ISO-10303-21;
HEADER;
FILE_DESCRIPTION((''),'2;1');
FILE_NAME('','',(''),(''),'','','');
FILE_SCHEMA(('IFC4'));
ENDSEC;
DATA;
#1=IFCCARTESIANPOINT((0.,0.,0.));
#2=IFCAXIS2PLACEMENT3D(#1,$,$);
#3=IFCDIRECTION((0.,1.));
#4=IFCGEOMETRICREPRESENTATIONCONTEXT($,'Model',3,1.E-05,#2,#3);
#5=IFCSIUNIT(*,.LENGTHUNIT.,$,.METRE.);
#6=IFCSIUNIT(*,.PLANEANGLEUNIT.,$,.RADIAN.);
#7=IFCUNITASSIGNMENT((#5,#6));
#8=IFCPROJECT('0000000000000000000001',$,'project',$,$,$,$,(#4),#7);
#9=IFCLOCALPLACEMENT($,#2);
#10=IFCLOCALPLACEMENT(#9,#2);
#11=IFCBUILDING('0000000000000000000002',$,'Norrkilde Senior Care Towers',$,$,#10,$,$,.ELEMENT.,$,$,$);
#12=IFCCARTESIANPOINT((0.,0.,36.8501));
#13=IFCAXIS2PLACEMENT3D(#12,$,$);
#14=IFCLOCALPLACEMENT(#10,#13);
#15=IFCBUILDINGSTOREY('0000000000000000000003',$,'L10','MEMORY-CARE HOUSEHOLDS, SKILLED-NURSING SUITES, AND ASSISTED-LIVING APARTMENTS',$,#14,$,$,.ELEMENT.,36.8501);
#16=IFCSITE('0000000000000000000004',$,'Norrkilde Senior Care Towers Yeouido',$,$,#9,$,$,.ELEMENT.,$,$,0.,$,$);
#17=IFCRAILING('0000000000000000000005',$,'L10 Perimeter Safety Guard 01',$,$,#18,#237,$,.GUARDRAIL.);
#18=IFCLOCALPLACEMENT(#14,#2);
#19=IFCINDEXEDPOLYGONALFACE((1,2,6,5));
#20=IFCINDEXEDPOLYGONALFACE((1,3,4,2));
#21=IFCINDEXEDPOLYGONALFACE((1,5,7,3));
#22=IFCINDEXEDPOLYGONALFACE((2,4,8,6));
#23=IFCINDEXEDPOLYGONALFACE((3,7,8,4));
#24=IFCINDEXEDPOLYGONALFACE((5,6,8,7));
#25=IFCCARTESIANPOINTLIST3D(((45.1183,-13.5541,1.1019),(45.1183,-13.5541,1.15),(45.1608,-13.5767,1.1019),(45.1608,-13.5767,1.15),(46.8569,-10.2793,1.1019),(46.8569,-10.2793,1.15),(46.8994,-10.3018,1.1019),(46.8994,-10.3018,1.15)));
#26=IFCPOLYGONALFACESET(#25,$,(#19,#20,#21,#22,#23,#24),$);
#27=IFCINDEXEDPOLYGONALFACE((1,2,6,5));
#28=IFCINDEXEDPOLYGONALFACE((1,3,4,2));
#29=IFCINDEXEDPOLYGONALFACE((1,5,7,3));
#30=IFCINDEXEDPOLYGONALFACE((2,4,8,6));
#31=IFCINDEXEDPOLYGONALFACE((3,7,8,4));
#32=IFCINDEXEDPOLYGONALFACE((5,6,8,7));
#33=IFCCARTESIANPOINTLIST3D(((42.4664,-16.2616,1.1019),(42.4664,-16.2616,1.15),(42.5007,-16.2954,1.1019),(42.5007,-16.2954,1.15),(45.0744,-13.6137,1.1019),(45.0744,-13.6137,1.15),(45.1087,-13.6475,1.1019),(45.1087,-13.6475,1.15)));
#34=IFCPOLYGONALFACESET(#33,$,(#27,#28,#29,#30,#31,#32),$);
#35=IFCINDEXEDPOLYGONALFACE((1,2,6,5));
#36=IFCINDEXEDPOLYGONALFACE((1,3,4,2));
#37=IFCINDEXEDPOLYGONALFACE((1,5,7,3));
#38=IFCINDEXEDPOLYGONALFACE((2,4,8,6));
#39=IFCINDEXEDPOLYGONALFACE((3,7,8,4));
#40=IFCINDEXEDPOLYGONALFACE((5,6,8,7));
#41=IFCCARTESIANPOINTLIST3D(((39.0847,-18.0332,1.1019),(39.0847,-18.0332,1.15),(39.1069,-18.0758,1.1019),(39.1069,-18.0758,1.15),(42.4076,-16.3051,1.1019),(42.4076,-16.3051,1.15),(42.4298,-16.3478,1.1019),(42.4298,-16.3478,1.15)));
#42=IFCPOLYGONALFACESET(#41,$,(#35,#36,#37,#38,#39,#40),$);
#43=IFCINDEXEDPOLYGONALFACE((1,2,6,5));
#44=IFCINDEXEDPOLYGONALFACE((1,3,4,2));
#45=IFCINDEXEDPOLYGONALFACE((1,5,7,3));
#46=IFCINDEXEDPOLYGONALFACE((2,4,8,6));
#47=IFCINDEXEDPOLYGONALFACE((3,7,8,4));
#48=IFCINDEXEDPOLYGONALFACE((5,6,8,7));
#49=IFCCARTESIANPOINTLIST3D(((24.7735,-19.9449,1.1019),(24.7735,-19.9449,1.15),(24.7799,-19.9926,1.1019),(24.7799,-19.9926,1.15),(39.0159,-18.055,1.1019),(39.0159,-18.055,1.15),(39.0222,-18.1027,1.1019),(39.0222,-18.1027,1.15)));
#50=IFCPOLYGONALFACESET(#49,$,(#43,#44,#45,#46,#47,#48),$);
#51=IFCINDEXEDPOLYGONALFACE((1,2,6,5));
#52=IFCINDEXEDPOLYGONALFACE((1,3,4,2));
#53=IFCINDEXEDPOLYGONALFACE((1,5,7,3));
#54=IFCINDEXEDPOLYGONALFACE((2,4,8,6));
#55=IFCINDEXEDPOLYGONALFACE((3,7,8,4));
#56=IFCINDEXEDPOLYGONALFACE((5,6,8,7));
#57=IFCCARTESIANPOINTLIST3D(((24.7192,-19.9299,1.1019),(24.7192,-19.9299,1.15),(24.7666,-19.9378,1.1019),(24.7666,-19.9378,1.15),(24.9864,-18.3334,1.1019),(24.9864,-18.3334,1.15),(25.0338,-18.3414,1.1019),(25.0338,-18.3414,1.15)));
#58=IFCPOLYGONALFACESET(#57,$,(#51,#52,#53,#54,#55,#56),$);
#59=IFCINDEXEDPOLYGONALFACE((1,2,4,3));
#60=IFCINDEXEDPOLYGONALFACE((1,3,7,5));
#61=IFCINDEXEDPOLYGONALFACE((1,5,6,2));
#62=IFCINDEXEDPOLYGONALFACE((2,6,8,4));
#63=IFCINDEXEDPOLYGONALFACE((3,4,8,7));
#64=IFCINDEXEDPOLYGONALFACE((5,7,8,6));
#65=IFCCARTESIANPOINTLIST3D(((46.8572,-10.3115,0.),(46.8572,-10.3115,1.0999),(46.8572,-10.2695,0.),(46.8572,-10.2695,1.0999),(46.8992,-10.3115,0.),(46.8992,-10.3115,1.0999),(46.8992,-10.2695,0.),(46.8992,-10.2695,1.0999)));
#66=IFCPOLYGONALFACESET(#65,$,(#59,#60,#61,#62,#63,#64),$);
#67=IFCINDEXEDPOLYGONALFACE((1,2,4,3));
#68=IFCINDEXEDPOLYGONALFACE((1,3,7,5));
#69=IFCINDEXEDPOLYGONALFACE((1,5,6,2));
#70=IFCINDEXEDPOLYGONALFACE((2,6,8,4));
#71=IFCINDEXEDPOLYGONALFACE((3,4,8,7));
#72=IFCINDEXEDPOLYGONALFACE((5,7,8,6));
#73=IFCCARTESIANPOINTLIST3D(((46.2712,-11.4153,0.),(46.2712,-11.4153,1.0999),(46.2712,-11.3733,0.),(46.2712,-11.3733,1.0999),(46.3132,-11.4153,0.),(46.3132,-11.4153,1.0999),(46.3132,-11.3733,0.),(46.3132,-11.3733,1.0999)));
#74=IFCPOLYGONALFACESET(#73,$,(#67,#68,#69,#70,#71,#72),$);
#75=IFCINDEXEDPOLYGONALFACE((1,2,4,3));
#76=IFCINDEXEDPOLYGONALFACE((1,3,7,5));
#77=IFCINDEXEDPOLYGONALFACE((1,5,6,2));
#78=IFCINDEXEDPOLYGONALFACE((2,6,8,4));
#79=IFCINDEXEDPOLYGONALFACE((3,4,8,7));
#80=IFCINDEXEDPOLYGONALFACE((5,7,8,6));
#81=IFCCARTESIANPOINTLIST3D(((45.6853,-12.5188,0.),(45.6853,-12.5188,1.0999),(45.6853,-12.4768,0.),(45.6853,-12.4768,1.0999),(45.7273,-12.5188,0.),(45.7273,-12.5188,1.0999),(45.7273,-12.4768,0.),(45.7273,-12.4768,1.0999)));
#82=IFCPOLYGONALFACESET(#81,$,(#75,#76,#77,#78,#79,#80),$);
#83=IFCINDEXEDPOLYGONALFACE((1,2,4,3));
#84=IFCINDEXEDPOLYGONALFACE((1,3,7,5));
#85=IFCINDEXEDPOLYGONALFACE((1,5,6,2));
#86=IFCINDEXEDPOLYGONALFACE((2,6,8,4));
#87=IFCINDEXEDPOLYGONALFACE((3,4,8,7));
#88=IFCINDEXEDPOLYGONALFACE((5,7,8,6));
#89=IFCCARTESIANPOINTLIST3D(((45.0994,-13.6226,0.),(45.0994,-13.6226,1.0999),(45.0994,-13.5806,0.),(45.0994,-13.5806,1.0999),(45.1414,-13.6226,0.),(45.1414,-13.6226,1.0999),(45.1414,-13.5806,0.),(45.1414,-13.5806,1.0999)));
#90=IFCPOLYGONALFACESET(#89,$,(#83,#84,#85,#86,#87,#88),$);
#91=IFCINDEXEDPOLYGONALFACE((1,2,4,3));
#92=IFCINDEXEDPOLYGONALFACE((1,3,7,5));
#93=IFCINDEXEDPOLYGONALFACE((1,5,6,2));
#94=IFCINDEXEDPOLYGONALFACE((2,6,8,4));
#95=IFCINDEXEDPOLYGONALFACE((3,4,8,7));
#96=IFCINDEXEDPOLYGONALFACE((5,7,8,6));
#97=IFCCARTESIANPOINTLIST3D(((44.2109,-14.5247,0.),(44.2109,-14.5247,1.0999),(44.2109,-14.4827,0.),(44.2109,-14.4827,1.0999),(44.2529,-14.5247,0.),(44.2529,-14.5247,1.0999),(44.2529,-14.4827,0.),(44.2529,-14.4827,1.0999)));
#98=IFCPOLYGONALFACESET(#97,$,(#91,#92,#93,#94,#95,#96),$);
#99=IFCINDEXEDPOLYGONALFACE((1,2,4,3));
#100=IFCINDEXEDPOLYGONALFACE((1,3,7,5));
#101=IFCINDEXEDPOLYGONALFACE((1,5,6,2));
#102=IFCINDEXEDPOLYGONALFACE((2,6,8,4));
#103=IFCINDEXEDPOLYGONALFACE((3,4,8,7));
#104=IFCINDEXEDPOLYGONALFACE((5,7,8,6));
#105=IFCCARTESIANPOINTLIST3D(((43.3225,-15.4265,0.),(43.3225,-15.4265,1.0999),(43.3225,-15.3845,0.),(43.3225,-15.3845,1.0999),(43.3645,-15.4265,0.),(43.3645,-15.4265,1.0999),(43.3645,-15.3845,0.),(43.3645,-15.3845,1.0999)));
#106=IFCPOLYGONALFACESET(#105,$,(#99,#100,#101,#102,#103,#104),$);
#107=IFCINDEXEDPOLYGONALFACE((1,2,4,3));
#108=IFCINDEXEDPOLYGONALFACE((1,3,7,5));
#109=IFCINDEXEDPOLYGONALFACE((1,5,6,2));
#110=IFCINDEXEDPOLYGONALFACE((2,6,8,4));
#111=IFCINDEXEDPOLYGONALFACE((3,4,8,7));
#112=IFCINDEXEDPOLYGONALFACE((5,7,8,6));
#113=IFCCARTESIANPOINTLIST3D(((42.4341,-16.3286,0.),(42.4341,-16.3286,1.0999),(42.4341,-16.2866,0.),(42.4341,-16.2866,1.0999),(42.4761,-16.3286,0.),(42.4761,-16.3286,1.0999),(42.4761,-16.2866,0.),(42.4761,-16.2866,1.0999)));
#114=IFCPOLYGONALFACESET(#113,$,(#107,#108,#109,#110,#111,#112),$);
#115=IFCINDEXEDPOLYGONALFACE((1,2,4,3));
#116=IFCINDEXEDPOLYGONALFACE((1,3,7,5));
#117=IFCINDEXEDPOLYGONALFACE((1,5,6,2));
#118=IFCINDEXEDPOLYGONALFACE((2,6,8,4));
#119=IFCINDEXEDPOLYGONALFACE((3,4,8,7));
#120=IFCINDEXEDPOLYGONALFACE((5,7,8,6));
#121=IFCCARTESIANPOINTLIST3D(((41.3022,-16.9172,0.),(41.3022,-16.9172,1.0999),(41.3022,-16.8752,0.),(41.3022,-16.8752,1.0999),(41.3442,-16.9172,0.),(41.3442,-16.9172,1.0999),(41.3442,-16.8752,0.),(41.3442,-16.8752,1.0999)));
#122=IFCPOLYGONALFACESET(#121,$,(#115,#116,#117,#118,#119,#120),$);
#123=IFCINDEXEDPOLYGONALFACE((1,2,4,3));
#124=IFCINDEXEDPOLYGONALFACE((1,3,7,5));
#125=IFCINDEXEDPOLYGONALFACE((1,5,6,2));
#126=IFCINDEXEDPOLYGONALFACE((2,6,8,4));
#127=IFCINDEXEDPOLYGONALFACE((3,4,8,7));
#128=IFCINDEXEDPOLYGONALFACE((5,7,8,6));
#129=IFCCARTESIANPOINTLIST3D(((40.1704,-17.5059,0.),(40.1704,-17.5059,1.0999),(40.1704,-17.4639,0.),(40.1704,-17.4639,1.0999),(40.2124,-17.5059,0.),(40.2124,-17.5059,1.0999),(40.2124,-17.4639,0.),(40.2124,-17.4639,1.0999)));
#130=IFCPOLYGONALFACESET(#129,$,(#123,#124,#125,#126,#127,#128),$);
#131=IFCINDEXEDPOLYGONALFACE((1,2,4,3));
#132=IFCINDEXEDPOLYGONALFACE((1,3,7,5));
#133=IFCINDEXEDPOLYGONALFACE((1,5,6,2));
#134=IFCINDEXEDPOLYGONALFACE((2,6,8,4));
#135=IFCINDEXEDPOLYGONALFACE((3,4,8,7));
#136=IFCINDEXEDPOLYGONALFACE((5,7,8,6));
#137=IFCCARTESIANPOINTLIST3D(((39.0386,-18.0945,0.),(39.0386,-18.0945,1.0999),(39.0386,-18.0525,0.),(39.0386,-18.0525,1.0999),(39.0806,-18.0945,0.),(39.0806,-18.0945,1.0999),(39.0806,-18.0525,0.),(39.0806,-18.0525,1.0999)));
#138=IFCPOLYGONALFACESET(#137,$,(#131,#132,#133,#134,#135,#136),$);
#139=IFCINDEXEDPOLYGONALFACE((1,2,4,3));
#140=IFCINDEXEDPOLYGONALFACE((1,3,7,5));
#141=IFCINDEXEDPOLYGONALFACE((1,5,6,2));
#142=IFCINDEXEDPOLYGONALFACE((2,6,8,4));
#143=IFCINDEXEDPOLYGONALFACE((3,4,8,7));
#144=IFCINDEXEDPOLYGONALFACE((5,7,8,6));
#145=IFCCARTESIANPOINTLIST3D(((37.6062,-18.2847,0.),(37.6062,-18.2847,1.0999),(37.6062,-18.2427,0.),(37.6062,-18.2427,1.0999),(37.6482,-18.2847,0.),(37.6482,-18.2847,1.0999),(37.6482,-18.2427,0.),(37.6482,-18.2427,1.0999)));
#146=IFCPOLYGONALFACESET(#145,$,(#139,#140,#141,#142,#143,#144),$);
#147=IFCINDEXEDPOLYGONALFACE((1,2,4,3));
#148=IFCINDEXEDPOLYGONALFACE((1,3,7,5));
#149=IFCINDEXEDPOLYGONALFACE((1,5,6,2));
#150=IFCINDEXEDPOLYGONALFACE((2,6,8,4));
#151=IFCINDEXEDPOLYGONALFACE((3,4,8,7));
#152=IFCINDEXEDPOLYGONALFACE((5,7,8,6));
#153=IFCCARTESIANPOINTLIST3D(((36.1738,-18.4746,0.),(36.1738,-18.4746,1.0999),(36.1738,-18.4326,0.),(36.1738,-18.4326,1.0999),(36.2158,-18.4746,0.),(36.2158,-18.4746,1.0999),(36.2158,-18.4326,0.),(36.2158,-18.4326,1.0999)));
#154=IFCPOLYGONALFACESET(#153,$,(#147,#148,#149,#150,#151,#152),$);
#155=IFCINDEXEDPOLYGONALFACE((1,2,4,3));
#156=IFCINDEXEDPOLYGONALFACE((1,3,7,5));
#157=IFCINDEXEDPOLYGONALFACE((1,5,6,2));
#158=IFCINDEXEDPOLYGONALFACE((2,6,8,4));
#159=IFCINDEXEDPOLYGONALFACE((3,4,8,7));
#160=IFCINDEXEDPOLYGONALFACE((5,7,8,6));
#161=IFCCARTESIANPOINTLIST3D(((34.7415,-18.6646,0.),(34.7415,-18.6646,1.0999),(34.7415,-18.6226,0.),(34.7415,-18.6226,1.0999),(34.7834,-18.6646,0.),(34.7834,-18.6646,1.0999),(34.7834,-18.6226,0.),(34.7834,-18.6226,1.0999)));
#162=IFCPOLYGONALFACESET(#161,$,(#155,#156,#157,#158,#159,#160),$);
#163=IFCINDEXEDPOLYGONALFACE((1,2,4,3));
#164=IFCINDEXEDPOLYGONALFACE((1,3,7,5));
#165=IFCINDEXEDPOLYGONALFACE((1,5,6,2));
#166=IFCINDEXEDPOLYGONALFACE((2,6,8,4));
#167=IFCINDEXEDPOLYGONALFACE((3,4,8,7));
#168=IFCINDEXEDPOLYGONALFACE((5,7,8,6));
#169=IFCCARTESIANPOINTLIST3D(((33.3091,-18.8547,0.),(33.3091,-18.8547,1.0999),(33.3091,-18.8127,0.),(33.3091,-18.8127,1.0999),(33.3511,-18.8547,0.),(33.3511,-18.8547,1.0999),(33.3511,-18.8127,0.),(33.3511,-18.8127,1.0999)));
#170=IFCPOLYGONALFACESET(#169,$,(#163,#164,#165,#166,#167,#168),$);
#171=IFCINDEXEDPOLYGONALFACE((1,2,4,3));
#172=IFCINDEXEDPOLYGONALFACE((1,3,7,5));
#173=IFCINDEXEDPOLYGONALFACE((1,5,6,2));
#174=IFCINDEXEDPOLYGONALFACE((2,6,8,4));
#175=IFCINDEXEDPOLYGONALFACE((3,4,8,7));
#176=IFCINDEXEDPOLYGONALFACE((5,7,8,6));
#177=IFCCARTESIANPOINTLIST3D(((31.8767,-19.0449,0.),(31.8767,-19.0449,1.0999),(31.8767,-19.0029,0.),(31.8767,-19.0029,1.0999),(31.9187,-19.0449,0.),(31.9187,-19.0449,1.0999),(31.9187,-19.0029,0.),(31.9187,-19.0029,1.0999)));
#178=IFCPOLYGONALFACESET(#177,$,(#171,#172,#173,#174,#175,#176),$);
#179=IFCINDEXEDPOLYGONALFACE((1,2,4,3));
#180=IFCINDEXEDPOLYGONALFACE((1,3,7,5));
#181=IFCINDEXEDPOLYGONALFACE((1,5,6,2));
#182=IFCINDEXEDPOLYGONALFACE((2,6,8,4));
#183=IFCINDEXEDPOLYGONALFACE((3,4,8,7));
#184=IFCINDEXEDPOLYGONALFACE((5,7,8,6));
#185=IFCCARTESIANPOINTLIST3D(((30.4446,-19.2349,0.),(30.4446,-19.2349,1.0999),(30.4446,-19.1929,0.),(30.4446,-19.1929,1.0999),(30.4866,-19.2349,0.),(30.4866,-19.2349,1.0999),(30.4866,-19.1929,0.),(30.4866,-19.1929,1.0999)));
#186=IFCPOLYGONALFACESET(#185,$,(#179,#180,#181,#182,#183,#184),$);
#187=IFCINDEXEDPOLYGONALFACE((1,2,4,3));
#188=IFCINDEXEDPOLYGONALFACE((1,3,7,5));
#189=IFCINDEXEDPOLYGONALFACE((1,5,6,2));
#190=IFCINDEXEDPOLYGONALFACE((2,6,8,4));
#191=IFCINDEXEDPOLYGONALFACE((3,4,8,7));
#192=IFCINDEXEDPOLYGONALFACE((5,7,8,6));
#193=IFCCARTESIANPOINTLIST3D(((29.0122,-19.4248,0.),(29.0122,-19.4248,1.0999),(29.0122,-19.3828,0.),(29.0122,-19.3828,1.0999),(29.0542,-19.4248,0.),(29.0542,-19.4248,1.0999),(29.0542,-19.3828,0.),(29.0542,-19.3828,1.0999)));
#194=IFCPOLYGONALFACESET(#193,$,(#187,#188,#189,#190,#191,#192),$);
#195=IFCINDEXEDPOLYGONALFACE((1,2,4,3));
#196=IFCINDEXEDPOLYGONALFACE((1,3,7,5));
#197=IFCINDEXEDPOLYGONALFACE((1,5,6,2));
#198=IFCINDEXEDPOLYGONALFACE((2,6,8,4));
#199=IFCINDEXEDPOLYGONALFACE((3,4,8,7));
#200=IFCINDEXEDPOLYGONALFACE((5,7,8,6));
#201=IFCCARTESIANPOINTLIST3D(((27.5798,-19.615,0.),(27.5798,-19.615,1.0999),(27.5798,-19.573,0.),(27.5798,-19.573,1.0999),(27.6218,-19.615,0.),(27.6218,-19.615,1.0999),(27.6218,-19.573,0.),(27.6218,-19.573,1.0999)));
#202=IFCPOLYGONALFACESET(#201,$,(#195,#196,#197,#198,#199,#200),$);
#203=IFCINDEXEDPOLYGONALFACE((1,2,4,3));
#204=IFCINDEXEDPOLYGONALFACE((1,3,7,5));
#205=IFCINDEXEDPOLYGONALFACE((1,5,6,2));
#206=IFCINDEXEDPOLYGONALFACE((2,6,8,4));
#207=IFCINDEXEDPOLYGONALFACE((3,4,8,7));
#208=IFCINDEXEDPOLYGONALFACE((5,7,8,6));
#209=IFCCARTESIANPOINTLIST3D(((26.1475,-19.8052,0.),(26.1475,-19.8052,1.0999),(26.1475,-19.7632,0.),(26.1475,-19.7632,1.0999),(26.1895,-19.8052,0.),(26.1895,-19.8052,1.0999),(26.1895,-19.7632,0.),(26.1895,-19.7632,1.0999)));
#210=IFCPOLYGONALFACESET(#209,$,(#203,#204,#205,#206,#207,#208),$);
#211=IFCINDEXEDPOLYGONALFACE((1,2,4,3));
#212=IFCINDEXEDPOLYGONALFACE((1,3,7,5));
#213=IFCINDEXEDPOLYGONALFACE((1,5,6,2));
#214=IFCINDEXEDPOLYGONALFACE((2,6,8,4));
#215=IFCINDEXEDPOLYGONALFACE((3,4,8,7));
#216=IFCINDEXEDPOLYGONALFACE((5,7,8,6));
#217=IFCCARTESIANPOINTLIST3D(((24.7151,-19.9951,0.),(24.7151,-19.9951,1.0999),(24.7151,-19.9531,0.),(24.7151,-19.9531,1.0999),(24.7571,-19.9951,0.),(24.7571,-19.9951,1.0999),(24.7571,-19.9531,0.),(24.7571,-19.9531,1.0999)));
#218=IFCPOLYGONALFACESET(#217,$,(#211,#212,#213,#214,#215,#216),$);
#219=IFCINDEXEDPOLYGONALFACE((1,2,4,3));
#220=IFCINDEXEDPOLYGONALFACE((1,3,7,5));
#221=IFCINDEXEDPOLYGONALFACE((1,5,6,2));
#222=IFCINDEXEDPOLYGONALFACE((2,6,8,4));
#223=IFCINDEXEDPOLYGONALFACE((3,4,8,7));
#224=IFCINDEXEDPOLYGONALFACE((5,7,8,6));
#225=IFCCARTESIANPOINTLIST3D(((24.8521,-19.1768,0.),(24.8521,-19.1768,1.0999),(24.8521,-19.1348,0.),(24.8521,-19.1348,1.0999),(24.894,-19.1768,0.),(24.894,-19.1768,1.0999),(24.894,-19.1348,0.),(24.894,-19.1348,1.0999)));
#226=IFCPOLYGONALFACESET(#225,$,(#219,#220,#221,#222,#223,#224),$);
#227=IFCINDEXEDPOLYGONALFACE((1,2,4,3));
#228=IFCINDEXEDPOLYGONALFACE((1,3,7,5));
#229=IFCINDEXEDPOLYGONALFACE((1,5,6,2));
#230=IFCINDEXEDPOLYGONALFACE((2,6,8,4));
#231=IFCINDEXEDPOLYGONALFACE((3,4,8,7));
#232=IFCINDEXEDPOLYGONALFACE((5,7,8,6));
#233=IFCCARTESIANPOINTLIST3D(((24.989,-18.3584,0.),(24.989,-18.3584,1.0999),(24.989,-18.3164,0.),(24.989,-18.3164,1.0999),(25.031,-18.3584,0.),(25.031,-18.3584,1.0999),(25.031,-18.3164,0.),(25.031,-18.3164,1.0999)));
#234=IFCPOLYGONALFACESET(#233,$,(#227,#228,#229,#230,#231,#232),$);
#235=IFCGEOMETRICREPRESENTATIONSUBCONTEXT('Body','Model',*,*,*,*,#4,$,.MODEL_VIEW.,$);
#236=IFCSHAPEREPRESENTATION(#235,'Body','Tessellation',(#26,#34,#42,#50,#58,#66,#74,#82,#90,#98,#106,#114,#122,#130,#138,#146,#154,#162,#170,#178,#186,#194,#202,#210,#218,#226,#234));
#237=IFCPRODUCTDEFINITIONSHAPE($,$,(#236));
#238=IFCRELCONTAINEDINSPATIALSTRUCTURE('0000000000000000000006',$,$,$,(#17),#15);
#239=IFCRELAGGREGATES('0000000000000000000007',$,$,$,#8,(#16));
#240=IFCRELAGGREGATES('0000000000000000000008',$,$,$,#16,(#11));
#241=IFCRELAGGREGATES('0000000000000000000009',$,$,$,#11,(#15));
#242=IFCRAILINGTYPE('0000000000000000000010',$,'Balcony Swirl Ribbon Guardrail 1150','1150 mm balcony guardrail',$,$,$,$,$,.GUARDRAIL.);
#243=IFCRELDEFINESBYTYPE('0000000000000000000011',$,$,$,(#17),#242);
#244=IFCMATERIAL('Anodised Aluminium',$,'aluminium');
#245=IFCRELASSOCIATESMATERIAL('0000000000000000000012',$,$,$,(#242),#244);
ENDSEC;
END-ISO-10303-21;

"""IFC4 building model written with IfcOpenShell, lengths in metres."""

from ifc_helpers import new_model, si_unit, direction, frame, origin, origin_2d, place, context, subcontext, project, spatial, rectangle, extrude, material, type_object, element, save


model = new_model("IFC4")

# Units and contexts
model_context = context("Model", 3, precision=1e-05, world=origin(), true_north=direction((0.0, 1.0)))
body_context = subcontext(model_context, "Body", "Model", "MODEL_VIEW")
ifc_project = project(units=[si_unit("LENGTHUNIT", "METRE"), si_unit("PLANEANGLEUNIT", "RADIAN")], contexts=[model_context])

# Site, building, storey
site_placement = place(None, origin())
site = spatial("IfcSite", under=ifc_project, at=site_placement, Name="Norrkilde Senior Care Towers Yeouido", CompositionType="ELEMENT", RefElevation=0.0)
building_placement = place(site_placement, origin())
building = spatial("IfcBuilding", under=site, at=building_placement, Name="Norrkilde Senior Care Towers", CompositionType="ELEMENT")
storey_placement = place(building_placement, frame((0.0, 0.0, 36.8501)))
storey = spatial("IfcBuildingStorey", under=building, at=storey_placement, Name="L10", Description="MEMORY-CARE HOUSEHOLDS, SKILLED-NURSING SUITES, AND ASSISTED-LIVING APARTMENTS", CompositionType="ELEMENT", Elevation=36.8501)

# Shared definitions
ifc_material_1 = material(Name="Anodised Aluminium", Category="aluminium")

# Railing
railing_type = type_object("IfcRailingType", Name="Balcony Swirl Ribbon Guardrail 1150", Description="1150 mm balcony guardrail", PredefinedType="GUARDRAIL", material=ifc_material_1)
railing_placement = place(storey_placement, frame((46.8782, -10.2905, 0.0)))
element("IfcRailing", 1, at=railing_placement, inside=storey, type_object=railing_type, Name="L10 Perimeter Safety Guard 01", PredefinedType="GUARDRAIL", context=body_context, shape_type="SweptSolid", body=[
    extrude(rectangle(XDim=0.0481, YDim=0.0481, at=origin_2d()), frame((0.0, 0.0, 1.126), z_axis=(-0.468911, -0.883246, 0.0), x_axis=(0.883246, -0.468911, 0.0)), (0.0, 0.0, 1.0), 3.7078),
    extrude(rectangle(XDim=0.0481, YDim=0.0481, at=origin_2d()), frame((-1.7866, -3.3401, 1.126), z_axis=(-0.701719, -0.712454, 0.0), x_axis=(0.712454, -0.701719, 0.0)), (0.0, 0.0, 1.0), 3.7166),
    extrude(rectangle(XDim=0.0481, YDim=0.0481, at=origin_2d()), frame((-4.4595, -6.0359, 1.126), z_axis=(-0.887195, -0.461395, 0.0), x_axis=(0.461395, -0.887195, 0.0)), (0.0, 0.0, 1.0), 3.7454),
    extrude(rectangle(XDim=0.0481, YDim=0.0481, at=origin_2d()), frame((-7.8591, -7.7883, 1.126), z_axis=(-0.991311, -0.131541, 0.0), x_axis=(0.131541, -0.991311, 0.0)), (0.0, 0.0, 1.0), 14.3672),
    extrude(rectangle(XDim=0.0481, YDim=0.0481, at=origin_2d()), frame((-22.1353, -9.6433, 1.126), z_axis=(0.165067, 0.986282, 0.0), x_axis=(-0.986282, 0.165067, 0.0)), (0.0, 0.0, 1.0), 1.6187),
    extrude(rectangle(XDim=0.042, YDim=0.042, at=origin_2d()), origin(), (0.0, 0.0, 1.0), 1.0999),
    extrude(rectangle(XDim=0.042, YDim=0.042, at=origin_2d()), frame((-0.5859, -1.1038, 0.0)), (0.0, 0.0, 1.0), 1.0999),
    extrude(rectangle(XDim=0.042, YDim=0.042, at=origin_2d()), frame((-1.1719, -2.2073, 0.0)), (0.0, 0.0, 1.0), 1.0999),
    extrude(rectangle(XDim=0.042, YDim=0.042, at=origin_2d()), frame((-1.7578, -3.311, 0.0)), (0.0, 0.0, 1.0), 1.0999),
    extrude(rectangle(XDim=0.042, YDim=0.042, at=origin_2d()), frame((-2.6462, -4.2131, 0.0)), (0.0, 0.0, 1.0), 1.0999),
    extrude(rectangle(XDim=0.042, YDim=0.042, at=origin_2d()), frame((-3.5347, -5.115, 0.0)), (0.0, 0.0, 1.0), 1.0999),
    extrude(rectangle(XDim=0.042, YDim=0.042, at=origin_2d()), frame((-4.4231, -6.0171, 0.0)), (0.0, 0.0, 1.0), 1.0999),
    extrude(rectangle(XDim=0.042, YDim=0.042, at=origin_2d()), frame((-5.5549, -6.6057, 0.0)), (0.0, 0.0, 1.0), 1.0999),
    extrude(rectangle(XDim=0.042, YDim=0.042, at=origin_2d()), frame((-6.6868, -7.1943, 0.0)), (0.0, 0.0, 1.0), 1.0999),
    extrude(rectangle(XDim=0.042, YDim=0.042, at=origin_2d()), frame((-7.8186, -7.783, 0.0)), (0.0, 0.0, 1.0), 1.0999),
    extrude(rectangle(XDim=0.042, YDim=0.042, at=origin_2d()), frame((-9.251, -7.9731, 0.0)), (0.0, 0.0, 1.0), 1.0999),
    extrude(rectangle(XDim=0.042, YDim=0.042, at=origin_2d()), frame((-10.6833, -8.1631, 0.0)), (0.0, 0.0, 1.0), 1.0999),
    extrude(rectangle(XDim=0.042, YDim=0.042, at=origin_2d()), frame((-12.1157, -8.353, 0.0)), (0.0, 0.0, 1.0), 1.0999),
    extrude(rectangle(XDim=0.042, YDim=0.042, at=origin_2d()), frame((-13.5481, -8.5432, 0.0)), (0.0, 0.0, 1.0), 1.0999),
    extrude(rectangle(XDim=0.042, YDim=0.042, at=origin_2d()), frame((-14.9805, -8.7334, 0.0)), (0.0, 0.0, 1.0), 1.0999),
    extrude(rectangle(XDim=0.042, YDim=0.042, at=origin_2d()), frame((-16.4126, -8.9233, 0.0)), (0.0, 0.0, 1.0), 1.0999),
    extrude(rectangle(XDim=0.042, YDim=0.042, at=origin_2d()), frame((-17.845, -9.1133, 0.0)), (0.0, 0.0, 1.0), 1.0999),
    extrude(rectangle(XDim=0.042, YDim=0.042, at=origin_2d()), frame((-19.2773, -9.3035, 0.0)), (0.0, 0.0, 1.0), 1.0999),
    extrude(rectangle(XDim=0.042, YDim=0.042, at=origin_2d()), frame((-20.7097, -9.4937, 0.0)), (0.0, 0.0, 1.0), 1.0999),
    extrude(rectangle(XDim=0.042, YDim=0.042, at=origin_2d()), frame((-22.1421, -9.6836, 0.0)), (0.0, 0.0, 1.0), 1.0999),
    extrude(rectangle(XDim=0.042, YDim=0.042, at=origin_2d()), frame((-22.0051, -8.8652, 0.0)), (0.0, 0.0, 1.0), 1.0999),
    extrude(rectangle(XDim=0.042, YDim=0.042, at=origin_2d()), frame((-21.8682, -8.0469, 0.0)), (0.0, 0.0, 1.0), 1.0999),
])

save(model, "model.ifc")
